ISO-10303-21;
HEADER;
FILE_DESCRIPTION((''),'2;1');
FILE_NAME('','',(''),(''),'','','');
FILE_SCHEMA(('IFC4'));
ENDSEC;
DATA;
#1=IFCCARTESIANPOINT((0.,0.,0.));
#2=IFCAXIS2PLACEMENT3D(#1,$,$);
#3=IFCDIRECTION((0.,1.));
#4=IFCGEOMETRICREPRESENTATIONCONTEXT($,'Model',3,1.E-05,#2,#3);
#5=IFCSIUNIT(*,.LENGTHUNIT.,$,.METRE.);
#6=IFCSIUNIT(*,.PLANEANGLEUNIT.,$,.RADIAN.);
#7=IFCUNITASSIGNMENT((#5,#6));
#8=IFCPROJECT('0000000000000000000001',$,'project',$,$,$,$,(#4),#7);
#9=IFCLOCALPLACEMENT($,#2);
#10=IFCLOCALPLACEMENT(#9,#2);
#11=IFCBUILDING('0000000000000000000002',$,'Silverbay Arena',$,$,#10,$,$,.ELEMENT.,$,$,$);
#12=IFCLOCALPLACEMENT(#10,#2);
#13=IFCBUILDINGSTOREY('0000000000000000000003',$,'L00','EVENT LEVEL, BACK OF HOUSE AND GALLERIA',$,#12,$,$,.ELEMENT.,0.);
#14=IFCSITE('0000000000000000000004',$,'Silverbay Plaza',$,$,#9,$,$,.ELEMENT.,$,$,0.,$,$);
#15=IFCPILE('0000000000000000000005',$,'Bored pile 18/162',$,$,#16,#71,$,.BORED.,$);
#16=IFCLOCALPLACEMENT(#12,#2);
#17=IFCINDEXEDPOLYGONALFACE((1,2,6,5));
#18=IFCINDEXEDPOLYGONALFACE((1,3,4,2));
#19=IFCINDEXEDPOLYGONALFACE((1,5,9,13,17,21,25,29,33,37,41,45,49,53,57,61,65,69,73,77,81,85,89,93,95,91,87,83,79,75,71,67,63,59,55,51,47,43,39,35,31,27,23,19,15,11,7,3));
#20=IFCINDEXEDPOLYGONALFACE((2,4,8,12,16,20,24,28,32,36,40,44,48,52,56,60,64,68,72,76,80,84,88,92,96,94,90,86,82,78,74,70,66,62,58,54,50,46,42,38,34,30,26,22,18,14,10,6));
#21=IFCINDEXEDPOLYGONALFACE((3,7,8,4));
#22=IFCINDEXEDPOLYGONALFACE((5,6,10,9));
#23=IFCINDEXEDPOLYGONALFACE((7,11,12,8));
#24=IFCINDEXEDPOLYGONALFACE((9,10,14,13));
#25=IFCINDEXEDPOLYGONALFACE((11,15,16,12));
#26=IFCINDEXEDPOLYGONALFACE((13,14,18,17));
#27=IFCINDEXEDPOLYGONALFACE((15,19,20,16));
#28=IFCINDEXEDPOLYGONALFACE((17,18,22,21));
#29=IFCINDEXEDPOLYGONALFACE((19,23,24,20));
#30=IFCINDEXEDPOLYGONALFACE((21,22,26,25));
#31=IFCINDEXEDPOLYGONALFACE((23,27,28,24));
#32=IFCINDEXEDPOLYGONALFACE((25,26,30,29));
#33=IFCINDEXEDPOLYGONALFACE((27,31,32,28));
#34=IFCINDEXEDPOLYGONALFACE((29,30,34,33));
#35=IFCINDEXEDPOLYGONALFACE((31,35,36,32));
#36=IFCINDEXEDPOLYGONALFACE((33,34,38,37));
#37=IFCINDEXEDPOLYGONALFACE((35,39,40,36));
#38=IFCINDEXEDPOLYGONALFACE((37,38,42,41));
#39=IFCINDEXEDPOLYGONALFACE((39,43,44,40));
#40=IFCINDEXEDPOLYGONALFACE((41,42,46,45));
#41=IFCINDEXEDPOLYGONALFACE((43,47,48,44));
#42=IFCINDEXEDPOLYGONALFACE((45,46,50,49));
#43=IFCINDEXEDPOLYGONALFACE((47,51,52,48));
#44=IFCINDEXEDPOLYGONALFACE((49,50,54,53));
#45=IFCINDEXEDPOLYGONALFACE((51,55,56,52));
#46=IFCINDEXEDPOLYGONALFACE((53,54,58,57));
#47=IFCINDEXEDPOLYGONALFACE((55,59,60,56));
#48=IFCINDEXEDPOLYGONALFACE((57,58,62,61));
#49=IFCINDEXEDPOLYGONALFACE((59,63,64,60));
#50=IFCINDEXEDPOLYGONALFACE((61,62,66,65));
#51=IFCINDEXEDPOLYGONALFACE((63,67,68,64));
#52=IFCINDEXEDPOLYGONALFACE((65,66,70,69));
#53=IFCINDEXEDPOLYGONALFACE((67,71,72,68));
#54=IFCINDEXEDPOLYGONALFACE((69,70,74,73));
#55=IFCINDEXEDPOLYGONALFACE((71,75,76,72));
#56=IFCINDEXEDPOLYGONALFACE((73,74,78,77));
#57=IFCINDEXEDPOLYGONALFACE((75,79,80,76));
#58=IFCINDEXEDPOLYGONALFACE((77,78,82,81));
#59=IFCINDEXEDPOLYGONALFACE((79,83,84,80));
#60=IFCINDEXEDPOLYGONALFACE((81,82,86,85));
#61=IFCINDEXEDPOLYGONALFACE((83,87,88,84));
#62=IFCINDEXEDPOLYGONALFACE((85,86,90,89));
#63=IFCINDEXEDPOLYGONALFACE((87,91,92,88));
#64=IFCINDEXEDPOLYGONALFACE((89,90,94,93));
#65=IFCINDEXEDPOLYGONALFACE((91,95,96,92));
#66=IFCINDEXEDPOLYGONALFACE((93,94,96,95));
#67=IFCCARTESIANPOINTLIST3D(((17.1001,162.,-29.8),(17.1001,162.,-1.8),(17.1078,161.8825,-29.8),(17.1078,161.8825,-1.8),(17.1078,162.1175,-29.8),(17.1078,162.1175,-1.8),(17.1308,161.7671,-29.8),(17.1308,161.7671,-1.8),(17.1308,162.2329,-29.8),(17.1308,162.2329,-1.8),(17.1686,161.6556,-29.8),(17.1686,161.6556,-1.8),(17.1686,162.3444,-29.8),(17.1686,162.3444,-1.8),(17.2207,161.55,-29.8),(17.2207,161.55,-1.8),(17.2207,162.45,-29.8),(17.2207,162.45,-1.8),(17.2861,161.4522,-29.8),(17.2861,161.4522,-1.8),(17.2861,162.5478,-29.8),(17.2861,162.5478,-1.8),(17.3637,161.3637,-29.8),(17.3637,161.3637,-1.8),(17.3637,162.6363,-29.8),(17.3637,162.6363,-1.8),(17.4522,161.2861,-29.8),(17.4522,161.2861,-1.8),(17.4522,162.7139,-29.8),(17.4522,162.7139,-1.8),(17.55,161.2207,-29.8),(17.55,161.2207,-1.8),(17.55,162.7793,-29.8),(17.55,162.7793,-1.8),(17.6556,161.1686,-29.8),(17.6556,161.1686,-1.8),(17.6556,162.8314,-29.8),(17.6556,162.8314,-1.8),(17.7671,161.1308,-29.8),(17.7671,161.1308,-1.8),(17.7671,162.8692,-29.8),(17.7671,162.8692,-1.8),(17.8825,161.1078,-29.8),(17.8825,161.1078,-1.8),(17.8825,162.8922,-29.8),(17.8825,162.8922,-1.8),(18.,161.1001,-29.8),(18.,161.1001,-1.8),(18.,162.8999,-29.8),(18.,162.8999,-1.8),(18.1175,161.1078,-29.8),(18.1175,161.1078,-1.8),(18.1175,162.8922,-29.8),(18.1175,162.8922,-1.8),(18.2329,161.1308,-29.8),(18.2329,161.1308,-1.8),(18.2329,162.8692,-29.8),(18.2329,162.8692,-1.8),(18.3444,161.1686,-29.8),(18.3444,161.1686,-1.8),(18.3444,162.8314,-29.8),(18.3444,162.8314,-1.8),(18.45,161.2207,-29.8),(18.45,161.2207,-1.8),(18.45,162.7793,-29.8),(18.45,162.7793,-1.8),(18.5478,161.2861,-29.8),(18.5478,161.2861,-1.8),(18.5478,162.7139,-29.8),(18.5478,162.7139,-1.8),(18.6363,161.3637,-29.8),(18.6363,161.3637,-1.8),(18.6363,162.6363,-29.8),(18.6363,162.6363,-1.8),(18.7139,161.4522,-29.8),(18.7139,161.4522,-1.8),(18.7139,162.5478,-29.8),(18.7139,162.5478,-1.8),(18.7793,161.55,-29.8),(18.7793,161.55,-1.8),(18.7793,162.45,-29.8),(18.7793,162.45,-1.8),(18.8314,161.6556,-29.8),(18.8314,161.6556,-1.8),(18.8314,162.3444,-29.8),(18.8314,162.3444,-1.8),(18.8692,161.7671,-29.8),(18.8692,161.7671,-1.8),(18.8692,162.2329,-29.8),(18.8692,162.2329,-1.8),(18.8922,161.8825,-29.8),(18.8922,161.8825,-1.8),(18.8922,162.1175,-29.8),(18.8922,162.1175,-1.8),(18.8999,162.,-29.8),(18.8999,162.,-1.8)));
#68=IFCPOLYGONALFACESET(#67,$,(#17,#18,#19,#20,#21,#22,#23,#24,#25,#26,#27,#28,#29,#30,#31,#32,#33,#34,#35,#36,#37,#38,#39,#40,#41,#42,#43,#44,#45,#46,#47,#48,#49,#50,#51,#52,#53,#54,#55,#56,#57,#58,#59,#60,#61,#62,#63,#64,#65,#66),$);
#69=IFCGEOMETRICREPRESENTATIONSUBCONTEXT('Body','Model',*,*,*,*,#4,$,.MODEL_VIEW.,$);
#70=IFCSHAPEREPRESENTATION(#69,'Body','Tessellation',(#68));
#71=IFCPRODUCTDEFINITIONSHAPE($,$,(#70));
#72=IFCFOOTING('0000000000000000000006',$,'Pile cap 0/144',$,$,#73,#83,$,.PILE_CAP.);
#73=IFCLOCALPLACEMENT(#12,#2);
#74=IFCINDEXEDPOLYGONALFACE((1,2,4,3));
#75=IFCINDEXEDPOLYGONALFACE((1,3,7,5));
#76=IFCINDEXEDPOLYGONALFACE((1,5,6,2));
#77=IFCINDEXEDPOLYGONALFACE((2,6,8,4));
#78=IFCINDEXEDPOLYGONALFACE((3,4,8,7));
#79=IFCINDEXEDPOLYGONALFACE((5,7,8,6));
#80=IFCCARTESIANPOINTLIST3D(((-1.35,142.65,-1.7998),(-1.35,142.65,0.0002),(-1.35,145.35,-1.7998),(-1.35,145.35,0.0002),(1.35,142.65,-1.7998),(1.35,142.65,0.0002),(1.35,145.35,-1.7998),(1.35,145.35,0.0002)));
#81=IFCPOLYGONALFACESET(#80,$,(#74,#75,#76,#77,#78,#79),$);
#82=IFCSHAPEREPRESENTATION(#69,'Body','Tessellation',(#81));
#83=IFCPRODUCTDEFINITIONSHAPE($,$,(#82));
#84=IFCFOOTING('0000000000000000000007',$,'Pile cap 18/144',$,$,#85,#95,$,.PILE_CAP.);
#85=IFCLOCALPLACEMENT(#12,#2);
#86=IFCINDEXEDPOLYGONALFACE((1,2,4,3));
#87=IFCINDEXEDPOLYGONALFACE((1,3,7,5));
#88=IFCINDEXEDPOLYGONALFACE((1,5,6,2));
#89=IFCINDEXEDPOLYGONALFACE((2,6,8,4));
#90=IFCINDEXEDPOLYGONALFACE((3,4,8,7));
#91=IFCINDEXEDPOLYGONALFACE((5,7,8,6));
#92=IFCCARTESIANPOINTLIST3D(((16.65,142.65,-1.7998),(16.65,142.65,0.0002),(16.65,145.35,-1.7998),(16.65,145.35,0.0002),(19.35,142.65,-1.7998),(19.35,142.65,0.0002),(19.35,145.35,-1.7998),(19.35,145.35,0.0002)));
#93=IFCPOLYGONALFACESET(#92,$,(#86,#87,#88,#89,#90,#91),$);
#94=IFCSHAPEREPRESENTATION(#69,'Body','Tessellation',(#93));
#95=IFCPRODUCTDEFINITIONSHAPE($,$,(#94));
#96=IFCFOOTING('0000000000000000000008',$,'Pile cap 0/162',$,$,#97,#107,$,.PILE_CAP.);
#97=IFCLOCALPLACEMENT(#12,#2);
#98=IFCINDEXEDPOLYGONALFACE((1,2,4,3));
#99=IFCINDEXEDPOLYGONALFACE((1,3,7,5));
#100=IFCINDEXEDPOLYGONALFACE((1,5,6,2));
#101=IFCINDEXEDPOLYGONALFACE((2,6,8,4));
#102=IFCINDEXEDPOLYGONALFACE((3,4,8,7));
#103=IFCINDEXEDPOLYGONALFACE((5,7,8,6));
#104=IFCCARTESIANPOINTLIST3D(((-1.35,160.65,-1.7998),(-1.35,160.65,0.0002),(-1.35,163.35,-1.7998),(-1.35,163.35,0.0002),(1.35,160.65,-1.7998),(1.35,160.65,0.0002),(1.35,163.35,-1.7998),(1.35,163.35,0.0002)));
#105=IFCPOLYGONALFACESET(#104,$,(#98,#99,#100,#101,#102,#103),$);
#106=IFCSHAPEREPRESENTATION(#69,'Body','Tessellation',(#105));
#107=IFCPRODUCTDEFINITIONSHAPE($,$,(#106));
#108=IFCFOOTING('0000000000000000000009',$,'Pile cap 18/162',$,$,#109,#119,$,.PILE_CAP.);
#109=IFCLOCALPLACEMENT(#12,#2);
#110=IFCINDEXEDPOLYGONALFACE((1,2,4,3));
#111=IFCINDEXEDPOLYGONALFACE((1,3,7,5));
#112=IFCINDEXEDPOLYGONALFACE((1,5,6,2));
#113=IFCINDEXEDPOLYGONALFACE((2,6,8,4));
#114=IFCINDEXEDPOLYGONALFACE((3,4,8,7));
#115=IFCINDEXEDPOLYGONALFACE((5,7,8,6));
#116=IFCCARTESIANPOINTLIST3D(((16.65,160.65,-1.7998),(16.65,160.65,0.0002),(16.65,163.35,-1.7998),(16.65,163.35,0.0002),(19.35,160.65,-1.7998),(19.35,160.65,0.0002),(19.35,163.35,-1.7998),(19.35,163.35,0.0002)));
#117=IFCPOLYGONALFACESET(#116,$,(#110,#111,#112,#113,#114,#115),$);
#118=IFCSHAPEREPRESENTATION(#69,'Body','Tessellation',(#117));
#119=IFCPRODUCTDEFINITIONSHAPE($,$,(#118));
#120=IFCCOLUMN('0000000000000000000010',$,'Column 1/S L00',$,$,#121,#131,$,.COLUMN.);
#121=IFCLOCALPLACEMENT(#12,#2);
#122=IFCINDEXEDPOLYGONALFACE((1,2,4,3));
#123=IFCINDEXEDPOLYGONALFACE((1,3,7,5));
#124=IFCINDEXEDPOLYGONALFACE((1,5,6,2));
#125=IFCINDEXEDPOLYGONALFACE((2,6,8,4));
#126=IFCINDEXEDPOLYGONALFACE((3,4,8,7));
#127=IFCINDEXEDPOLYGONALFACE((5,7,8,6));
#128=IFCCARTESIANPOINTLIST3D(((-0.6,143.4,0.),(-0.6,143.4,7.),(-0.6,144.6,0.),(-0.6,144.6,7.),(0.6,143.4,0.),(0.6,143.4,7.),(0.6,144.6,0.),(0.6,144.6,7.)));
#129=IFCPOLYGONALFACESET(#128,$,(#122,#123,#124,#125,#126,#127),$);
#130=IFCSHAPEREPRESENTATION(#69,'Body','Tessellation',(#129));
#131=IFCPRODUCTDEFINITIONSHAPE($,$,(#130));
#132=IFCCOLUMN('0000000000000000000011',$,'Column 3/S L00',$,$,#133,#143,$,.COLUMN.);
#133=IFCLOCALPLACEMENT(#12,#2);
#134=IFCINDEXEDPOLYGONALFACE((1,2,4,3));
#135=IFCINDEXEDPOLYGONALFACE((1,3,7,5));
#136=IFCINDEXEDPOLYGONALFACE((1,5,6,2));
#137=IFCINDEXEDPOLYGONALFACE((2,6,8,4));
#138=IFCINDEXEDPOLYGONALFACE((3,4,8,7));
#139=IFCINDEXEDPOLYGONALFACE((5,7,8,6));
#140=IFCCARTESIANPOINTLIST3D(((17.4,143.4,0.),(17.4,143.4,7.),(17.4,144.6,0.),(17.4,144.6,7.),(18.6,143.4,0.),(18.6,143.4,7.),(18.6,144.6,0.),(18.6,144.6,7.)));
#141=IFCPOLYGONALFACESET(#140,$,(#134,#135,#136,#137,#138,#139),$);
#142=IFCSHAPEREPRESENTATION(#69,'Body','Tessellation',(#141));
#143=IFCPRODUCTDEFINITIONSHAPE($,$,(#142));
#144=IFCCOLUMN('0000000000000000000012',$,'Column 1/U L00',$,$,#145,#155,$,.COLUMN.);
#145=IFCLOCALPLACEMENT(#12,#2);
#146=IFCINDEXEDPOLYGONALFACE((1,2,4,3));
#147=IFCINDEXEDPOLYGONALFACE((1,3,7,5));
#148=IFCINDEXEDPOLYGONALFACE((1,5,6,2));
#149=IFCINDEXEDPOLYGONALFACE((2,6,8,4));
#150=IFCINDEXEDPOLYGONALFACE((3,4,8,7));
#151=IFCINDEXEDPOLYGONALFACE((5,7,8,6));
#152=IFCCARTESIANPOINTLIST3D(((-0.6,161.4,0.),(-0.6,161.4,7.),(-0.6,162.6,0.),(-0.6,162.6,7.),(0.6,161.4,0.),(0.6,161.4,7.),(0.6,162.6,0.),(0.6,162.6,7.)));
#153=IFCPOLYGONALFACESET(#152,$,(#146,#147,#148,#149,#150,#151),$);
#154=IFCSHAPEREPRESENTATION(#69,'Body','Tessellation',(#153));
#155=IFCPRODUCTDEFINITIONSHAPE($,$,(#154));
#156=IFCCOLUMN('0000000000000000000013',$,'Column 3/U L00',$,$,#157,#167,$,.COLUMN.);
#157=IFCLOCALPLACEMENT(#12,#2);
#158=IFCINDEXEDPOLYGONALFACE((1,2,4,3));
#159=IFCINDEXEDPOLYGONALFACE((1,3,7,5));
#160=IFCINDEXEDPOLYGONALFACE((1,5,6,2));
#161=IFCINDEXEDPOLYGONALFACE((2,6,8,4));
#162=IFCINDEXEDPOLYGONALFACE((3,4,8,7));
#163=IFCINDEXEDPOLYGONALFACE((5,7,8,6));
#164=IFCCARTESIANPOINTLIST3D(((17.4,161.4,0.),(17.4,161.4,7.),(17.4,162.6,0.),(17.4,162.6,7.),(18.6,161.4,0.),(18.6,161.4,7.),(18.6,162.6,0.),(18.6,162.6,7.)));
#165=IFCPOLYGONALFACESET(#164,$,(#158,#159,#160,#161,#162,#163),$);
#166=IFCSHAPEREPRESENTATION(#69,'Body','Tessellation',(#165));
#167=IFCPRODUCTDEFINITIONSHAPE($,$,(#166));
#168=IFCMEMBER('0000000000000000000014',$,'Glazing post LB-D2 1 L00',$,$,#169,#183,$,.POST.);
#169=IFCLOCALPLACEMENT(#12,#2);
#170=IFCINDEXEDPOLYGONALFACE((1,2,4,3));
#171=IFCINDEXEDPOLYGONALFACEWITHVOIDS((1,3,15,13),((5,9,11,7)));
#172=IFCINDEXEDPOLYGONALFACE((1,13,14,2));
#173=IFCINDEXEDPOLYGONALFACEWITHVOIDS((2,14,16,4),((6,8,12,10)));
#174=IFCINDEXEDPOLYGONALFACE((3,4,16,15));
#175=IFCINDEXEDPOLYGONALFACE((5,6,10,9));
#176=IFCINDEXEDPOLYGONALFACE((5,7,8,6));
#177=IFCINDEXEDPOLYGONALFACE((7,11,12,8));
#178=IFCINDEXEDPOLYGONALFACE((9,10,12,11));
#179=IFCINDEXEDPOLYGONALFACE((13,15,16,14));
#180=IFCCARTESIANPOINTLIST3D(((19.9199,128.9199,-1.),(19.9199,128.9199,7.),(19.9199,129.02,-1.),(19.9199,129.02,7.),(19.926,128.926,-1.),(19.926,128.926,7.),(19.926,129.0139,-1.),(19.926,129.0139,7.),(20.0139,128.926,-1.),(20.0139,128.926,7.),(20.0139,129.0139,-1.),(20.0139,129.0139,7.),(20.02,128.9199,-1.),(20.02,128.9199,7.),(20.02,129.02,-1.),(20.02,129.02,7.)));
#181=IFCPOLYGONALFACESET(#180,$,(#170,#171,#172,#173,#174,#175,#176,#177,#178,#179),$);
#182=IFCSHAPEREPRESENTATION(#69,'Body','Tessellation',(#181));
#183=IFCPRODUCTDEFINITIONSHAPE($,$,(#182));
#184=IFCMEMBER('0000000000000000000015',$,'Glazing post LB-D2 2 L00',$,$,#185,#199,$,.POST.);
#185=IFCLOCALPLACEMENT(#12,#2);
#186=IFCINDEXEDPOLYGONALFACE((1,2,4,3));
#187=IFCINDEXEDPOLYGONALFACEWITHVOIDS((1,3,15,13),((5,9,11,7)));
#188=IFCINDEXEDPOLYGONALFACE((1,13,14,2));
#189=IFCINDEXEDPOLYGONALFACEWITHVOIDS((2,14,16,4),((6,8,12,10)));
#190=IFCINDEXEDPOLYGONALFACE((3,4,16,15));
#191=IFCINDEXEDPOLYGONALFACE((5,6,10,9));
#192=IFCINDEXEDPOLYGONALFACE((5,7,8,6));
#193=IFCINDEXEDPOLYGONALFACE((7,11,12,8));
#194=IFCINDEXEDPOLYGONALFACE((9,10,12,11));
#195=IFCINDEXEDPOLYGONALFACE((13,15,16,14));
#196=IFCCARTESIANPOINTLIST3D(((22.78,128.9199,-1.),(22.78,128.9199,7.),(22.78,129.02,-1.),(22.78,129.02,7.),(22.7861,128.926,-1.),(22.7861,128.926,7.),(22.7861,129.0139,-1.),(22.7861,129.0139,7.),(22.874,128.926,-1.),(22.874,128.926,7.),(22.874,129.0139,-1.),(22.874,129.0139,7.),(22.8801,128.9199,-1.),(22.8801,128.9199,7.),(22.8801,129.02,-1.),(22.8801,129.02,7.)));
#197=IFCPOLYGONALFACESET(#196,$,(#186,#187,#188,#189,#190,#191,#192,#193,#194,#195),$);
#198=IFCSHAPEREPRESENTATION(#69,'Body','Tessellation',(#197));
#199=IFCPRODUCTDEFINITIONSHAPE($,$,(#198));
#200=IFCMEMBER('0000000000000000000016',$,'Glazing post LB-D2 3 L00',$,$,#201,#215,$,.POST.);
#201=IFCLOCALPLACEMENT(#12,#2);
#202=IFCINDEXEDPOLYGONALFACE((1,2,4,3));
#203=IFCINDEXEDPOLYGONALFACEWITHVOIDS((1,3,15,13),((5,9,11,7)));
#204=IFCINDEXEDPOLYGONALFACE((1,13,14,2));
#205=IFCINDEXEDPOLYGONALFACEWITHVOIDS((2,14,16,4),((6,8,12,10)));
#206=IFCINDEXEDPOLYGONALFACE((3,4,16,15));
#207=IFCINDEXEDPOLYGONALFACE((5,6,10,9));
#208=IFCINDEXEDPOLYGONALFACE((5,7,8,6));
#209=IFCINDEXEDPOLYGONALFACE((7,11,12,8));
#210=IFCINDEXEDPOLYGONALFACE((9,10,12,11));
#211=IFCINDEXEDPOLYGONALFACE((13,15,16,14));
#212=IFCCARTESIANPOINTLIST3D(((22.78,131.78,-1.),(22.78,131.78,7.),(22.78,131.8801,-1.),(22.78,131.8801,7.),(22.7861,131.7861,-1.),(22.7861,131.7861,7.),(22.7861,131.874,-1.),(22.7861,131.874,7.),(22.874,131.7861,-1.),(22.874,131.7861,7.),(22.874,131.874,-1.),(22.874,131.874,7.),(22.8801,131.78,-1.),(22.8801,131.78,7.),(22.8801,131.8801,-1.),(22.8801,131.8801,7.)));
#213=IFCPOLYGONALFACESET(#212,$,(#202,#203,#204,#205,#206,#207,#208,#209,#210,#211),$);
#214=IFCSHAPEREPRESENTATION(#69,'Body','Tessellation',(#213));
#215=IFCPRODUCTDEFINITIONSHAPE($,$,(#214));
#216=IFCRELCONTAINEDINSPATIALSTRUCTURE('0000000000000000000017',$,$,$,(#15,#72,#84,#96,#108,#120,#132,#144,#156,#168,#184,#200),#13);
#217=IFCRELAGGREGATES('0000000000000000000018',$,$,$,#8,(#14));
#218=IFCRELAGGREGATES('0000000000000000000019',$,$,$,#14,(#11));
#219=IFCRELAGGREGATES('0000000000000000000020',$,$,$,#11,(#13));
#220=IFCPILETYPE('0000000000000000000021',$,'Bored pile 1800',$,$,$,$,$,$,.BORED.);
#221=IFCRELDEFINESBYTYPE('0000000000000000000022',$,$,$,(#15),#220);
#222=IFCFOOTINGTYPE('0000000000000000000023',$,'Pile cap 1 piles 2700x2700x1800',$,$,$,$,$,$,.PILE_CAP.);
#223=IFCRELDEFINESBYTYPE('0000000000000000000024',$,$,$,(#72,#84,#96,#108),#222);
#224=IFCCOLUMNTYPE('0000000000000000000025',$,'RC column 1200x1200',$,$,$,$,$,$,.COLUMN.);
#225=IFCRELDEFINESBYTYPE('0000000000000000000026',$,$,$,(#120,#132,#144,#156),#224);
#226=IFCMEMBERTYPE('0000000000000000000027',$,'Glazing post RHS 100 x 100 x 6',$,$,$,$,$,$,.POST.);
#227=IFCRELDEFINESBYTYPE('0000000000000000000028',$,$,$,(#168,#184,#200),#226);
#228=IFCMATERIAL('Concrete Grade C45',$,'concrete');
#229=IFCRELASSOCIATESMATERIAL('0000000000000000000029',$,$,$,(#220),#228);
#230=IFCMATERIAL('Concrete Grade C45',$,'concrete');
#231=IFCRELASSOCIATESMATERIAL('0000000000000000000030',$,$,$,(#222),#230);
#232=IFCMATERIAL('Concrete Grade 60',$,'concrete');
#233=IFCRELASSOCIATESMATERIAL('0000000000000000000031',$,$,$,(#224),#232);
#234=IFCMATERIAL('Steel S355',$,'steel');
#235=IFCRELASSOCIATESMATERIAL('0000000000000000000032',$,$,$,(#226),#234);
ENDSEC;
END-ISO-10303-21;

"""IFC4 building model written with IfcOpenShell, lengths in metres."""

from ifc_helpers import new_model, si_unit, direction, frame, origin, origin_2d, place, context, subcontext, project, spatial, rectangle, hollow_rectangle, circle, extrude, material, material_profile, profile_set, type_object, element, save


model = new_model("IFC4")

# Units and contexts
model_context = context("Model", 3, precision=1e-05, world=origin(), true_north=direction((0.0, 1.0)))
body_context = subcontext(model_context, "Body", "Model", "MODEL_VIEW")
ifc_project = project(units=[si_unit("LENGTHUNIT", "METRE"), si_unit("PLANEANGLEUNIT", "RADIAN")], contexts=[model_context])

# Site, building, storey
site_placement = place(None, origin())
site = spatial("IfcSite", under=ifc_project, at=site_placement, Name="Silverbay Plaza", CompositionType="ELEMENT", RefElevation=0.0)
building_placement = place(site_placement, origin())
building = spatial("IfcBuilding", under=site, at=building_placement, Name="Silverbay Arena", CompositionType="ELEMENT")
storey_placement = place(building_placement, origin())
storey = spatial("IfcBuildingStorey", under=building, at=storey_placement, Name="L00", Description="EVENT LEVEL, BACK OF HOUSE AND GALLERIA", CompositionType="ELEMENT", Elevation=0.0)

# Pile
ifc_material_1 = material(Name="Concrete Grade C45", Category="concrete")
ifc_material_profile_1 = material_profile(ifc_material_1, circle(Radius=0.8999, at=origin_2d()), Name="Bored pile 1800")
ifc_profile_set_1 = profile_set([ifc_material_profile_1], Name="Concrete Grade C45")
pile_type = type_object("IfcPileType", Name="Bored pile 1800", PredefinedType="BORED", material=ifc_profile_set_1)
for number, where, z_axis, x_axis, name in (
    (1, (18.0, 162.0, -1.8), (0.0, 0.0, -1.0), (1.0, 0.0, 0.0), "Bored pile 18/162"),
):
    element("IfcPile", number, at=place(storey_placement, frame(where, z_axis=z_axis, x_axis=x_axis)), inside=storey, type_object=pile_type, Name=name, PredefinedType="BORED", context=body_context, shape_type="SweptSolid", body=[
        extrude(circle(Radius=0.8999, at=origin_2d()), origin(), (0.0, 0.0, 1.0), 28.0),
    ])

# Footings
ifc_material_2 = material(Name="Concrete Grade C45", Category="concrete")
footing_type = type_object("IfcFootingType", Name="Pile cap 1 piles 2700x2700x1800", PredefinedType="PILE_CAP", material=ifc_material_2)
for number, where, z_axis, x_axis, name in (
    (2, (0.0, 144.0, -1.7998), (0.0, 0.0, 1.0), (1.0, 0.0, 0.0), "Pile cap 0/144"),
    (3, (18.0, 144.0, -1.7998), (0.0, 0.0, 1.0), (1.0, 0.0, 0.0), "Pile cap 18/144"),
    (4, (0.0, 162.0, -1.7998), (0.0, 0.0, 1.0), (1.0, 0.0, 0.0), "Pile cap 0/162"),
    (5, (18.0, 162.0, -1.7998), (0.0, 0.0, 1.0), (1.0, 0.0, 0.0), "Pile cap 18/162"),
):
    element("IfcFooting", number, at=place(storey_placement, frame(where, z_axis=z_axis, x_axis=x_axis)), inside=storey, type_object=footing_type, Name=name, PredefinedType="PILE_CAP", context=body_context, shape_type="SweptSolid", body=[
        extrude(rectangle(XDim=2.7, YDim=2.7, at=origin_2d()), origin(), (0.0, 0.0, 1.0), 1.8),
    ])

# Columns
ifc_material_3 = material(Name="Concrete Grade 60", Category="concrete")
ifc_material_profile_2 = material_profile(ifc_material_3, rectangle(XDim=1.2, YDim=1.2, at=origin_2d()), Name="RC 1200x1200")
ifc_profile_set_2 = profile_set([ifc_material_profile_2], Name="Concrete Grade 60")
column_type = type_object("IfcColumnType", Name="RC column 1200x1200", PredefinedType="COLUMN", material=ifc_profile_set_2)
for number, where, z_axis, x_axis, name in (
    (6, (0.0, 144.0, 0.0), (0.0, 0.0, 1.0), (1.0, 0.0, 0.0), "Column 1/S L00"),
    (7, (18.0, 144.0, 0.0), (0.0, 0.0, 1.0), (1.0, 0.0, 0.0), "Column 3/S L00"),
    (8, (0.0, 162.0, 0.0), (0.0, 0.0, 1.0), (1.0, 0.0, 0.0), "Column 1/U L00"),
    (9, (18.0, 162.0, 0.0), (0.0, 0.0, 1.0), (1.0, 0.0, 0.0), "Column 3/U L00"),
):
    element("IfcColumn", number, at=place(storey_placement, frame(where, z_axis=z_axis, x_axis=x_axis)), inside=storey, type_object=column_type, Name=name, PredefinedType="COLUMN", context=body_context, shape_type="SweptSolid", body=[
        extrude(rectangle(XDim=1.2, YDim=1.2, at=origin_2d()), origin(), (0.0, 0.0, 1.0), 7.0),
    ])

# Members
ifc_material_4 = material(Name="Steel S355", Category="steel")
ifc_material_profile_3 = material_profile(ifc_material_4, hollow_rectangle(XDim=0.1001, YDim=0.1001, WallThickness=0.0061, at=origin_2d()), Name="RHS 100x100x6")
ifc_profile_set_3 = profile_set([ifc_material_profile_3], Name="Steel S355")
member_type = type_object("IfcMemberType", Name="Glazing post RHS 100 x 100 x 6", PredefinedType="POST", material=ifc_profile_set_3)
for number, where, z_axis, x_axis, name in (
    (10, (19.97, 128.97, -1.0), (0.0, 0.0, 1.0), (1.0, 0.0, 0.0), "Glazing post LB-D2 1 L00"),
    (11, (22.8301, 128.97, -1.0), (0.0, 0.0, 1.0), (1.0, 0.0, 0.0), "Glazing post LB-D2 2 L00"),
    (12, (22.8301, 131.8301, -1.0), (0.0, 0.0, 1.0), (1.0, 0.0, 0.0), "Glazing post LB-D2 3 L00"),
):
    element("IfcMember", number, at=place(storey_placement, frame(where, z_axis=z_axis, x_axis=x_axis)), inside=storey, type_object=member_type, Name=name, PredefinedType="POST", context=body_context, shape_type="SweptSolid", body=[
        extrude(hollow_rectangle(XDim=0.1001, YDim=0.1001, WallThickness=0.0061, at=origin_2d()), origin(), (0.0, 0.0, 1.0), 8.0),
    ])

save(model, "model.ifc")
